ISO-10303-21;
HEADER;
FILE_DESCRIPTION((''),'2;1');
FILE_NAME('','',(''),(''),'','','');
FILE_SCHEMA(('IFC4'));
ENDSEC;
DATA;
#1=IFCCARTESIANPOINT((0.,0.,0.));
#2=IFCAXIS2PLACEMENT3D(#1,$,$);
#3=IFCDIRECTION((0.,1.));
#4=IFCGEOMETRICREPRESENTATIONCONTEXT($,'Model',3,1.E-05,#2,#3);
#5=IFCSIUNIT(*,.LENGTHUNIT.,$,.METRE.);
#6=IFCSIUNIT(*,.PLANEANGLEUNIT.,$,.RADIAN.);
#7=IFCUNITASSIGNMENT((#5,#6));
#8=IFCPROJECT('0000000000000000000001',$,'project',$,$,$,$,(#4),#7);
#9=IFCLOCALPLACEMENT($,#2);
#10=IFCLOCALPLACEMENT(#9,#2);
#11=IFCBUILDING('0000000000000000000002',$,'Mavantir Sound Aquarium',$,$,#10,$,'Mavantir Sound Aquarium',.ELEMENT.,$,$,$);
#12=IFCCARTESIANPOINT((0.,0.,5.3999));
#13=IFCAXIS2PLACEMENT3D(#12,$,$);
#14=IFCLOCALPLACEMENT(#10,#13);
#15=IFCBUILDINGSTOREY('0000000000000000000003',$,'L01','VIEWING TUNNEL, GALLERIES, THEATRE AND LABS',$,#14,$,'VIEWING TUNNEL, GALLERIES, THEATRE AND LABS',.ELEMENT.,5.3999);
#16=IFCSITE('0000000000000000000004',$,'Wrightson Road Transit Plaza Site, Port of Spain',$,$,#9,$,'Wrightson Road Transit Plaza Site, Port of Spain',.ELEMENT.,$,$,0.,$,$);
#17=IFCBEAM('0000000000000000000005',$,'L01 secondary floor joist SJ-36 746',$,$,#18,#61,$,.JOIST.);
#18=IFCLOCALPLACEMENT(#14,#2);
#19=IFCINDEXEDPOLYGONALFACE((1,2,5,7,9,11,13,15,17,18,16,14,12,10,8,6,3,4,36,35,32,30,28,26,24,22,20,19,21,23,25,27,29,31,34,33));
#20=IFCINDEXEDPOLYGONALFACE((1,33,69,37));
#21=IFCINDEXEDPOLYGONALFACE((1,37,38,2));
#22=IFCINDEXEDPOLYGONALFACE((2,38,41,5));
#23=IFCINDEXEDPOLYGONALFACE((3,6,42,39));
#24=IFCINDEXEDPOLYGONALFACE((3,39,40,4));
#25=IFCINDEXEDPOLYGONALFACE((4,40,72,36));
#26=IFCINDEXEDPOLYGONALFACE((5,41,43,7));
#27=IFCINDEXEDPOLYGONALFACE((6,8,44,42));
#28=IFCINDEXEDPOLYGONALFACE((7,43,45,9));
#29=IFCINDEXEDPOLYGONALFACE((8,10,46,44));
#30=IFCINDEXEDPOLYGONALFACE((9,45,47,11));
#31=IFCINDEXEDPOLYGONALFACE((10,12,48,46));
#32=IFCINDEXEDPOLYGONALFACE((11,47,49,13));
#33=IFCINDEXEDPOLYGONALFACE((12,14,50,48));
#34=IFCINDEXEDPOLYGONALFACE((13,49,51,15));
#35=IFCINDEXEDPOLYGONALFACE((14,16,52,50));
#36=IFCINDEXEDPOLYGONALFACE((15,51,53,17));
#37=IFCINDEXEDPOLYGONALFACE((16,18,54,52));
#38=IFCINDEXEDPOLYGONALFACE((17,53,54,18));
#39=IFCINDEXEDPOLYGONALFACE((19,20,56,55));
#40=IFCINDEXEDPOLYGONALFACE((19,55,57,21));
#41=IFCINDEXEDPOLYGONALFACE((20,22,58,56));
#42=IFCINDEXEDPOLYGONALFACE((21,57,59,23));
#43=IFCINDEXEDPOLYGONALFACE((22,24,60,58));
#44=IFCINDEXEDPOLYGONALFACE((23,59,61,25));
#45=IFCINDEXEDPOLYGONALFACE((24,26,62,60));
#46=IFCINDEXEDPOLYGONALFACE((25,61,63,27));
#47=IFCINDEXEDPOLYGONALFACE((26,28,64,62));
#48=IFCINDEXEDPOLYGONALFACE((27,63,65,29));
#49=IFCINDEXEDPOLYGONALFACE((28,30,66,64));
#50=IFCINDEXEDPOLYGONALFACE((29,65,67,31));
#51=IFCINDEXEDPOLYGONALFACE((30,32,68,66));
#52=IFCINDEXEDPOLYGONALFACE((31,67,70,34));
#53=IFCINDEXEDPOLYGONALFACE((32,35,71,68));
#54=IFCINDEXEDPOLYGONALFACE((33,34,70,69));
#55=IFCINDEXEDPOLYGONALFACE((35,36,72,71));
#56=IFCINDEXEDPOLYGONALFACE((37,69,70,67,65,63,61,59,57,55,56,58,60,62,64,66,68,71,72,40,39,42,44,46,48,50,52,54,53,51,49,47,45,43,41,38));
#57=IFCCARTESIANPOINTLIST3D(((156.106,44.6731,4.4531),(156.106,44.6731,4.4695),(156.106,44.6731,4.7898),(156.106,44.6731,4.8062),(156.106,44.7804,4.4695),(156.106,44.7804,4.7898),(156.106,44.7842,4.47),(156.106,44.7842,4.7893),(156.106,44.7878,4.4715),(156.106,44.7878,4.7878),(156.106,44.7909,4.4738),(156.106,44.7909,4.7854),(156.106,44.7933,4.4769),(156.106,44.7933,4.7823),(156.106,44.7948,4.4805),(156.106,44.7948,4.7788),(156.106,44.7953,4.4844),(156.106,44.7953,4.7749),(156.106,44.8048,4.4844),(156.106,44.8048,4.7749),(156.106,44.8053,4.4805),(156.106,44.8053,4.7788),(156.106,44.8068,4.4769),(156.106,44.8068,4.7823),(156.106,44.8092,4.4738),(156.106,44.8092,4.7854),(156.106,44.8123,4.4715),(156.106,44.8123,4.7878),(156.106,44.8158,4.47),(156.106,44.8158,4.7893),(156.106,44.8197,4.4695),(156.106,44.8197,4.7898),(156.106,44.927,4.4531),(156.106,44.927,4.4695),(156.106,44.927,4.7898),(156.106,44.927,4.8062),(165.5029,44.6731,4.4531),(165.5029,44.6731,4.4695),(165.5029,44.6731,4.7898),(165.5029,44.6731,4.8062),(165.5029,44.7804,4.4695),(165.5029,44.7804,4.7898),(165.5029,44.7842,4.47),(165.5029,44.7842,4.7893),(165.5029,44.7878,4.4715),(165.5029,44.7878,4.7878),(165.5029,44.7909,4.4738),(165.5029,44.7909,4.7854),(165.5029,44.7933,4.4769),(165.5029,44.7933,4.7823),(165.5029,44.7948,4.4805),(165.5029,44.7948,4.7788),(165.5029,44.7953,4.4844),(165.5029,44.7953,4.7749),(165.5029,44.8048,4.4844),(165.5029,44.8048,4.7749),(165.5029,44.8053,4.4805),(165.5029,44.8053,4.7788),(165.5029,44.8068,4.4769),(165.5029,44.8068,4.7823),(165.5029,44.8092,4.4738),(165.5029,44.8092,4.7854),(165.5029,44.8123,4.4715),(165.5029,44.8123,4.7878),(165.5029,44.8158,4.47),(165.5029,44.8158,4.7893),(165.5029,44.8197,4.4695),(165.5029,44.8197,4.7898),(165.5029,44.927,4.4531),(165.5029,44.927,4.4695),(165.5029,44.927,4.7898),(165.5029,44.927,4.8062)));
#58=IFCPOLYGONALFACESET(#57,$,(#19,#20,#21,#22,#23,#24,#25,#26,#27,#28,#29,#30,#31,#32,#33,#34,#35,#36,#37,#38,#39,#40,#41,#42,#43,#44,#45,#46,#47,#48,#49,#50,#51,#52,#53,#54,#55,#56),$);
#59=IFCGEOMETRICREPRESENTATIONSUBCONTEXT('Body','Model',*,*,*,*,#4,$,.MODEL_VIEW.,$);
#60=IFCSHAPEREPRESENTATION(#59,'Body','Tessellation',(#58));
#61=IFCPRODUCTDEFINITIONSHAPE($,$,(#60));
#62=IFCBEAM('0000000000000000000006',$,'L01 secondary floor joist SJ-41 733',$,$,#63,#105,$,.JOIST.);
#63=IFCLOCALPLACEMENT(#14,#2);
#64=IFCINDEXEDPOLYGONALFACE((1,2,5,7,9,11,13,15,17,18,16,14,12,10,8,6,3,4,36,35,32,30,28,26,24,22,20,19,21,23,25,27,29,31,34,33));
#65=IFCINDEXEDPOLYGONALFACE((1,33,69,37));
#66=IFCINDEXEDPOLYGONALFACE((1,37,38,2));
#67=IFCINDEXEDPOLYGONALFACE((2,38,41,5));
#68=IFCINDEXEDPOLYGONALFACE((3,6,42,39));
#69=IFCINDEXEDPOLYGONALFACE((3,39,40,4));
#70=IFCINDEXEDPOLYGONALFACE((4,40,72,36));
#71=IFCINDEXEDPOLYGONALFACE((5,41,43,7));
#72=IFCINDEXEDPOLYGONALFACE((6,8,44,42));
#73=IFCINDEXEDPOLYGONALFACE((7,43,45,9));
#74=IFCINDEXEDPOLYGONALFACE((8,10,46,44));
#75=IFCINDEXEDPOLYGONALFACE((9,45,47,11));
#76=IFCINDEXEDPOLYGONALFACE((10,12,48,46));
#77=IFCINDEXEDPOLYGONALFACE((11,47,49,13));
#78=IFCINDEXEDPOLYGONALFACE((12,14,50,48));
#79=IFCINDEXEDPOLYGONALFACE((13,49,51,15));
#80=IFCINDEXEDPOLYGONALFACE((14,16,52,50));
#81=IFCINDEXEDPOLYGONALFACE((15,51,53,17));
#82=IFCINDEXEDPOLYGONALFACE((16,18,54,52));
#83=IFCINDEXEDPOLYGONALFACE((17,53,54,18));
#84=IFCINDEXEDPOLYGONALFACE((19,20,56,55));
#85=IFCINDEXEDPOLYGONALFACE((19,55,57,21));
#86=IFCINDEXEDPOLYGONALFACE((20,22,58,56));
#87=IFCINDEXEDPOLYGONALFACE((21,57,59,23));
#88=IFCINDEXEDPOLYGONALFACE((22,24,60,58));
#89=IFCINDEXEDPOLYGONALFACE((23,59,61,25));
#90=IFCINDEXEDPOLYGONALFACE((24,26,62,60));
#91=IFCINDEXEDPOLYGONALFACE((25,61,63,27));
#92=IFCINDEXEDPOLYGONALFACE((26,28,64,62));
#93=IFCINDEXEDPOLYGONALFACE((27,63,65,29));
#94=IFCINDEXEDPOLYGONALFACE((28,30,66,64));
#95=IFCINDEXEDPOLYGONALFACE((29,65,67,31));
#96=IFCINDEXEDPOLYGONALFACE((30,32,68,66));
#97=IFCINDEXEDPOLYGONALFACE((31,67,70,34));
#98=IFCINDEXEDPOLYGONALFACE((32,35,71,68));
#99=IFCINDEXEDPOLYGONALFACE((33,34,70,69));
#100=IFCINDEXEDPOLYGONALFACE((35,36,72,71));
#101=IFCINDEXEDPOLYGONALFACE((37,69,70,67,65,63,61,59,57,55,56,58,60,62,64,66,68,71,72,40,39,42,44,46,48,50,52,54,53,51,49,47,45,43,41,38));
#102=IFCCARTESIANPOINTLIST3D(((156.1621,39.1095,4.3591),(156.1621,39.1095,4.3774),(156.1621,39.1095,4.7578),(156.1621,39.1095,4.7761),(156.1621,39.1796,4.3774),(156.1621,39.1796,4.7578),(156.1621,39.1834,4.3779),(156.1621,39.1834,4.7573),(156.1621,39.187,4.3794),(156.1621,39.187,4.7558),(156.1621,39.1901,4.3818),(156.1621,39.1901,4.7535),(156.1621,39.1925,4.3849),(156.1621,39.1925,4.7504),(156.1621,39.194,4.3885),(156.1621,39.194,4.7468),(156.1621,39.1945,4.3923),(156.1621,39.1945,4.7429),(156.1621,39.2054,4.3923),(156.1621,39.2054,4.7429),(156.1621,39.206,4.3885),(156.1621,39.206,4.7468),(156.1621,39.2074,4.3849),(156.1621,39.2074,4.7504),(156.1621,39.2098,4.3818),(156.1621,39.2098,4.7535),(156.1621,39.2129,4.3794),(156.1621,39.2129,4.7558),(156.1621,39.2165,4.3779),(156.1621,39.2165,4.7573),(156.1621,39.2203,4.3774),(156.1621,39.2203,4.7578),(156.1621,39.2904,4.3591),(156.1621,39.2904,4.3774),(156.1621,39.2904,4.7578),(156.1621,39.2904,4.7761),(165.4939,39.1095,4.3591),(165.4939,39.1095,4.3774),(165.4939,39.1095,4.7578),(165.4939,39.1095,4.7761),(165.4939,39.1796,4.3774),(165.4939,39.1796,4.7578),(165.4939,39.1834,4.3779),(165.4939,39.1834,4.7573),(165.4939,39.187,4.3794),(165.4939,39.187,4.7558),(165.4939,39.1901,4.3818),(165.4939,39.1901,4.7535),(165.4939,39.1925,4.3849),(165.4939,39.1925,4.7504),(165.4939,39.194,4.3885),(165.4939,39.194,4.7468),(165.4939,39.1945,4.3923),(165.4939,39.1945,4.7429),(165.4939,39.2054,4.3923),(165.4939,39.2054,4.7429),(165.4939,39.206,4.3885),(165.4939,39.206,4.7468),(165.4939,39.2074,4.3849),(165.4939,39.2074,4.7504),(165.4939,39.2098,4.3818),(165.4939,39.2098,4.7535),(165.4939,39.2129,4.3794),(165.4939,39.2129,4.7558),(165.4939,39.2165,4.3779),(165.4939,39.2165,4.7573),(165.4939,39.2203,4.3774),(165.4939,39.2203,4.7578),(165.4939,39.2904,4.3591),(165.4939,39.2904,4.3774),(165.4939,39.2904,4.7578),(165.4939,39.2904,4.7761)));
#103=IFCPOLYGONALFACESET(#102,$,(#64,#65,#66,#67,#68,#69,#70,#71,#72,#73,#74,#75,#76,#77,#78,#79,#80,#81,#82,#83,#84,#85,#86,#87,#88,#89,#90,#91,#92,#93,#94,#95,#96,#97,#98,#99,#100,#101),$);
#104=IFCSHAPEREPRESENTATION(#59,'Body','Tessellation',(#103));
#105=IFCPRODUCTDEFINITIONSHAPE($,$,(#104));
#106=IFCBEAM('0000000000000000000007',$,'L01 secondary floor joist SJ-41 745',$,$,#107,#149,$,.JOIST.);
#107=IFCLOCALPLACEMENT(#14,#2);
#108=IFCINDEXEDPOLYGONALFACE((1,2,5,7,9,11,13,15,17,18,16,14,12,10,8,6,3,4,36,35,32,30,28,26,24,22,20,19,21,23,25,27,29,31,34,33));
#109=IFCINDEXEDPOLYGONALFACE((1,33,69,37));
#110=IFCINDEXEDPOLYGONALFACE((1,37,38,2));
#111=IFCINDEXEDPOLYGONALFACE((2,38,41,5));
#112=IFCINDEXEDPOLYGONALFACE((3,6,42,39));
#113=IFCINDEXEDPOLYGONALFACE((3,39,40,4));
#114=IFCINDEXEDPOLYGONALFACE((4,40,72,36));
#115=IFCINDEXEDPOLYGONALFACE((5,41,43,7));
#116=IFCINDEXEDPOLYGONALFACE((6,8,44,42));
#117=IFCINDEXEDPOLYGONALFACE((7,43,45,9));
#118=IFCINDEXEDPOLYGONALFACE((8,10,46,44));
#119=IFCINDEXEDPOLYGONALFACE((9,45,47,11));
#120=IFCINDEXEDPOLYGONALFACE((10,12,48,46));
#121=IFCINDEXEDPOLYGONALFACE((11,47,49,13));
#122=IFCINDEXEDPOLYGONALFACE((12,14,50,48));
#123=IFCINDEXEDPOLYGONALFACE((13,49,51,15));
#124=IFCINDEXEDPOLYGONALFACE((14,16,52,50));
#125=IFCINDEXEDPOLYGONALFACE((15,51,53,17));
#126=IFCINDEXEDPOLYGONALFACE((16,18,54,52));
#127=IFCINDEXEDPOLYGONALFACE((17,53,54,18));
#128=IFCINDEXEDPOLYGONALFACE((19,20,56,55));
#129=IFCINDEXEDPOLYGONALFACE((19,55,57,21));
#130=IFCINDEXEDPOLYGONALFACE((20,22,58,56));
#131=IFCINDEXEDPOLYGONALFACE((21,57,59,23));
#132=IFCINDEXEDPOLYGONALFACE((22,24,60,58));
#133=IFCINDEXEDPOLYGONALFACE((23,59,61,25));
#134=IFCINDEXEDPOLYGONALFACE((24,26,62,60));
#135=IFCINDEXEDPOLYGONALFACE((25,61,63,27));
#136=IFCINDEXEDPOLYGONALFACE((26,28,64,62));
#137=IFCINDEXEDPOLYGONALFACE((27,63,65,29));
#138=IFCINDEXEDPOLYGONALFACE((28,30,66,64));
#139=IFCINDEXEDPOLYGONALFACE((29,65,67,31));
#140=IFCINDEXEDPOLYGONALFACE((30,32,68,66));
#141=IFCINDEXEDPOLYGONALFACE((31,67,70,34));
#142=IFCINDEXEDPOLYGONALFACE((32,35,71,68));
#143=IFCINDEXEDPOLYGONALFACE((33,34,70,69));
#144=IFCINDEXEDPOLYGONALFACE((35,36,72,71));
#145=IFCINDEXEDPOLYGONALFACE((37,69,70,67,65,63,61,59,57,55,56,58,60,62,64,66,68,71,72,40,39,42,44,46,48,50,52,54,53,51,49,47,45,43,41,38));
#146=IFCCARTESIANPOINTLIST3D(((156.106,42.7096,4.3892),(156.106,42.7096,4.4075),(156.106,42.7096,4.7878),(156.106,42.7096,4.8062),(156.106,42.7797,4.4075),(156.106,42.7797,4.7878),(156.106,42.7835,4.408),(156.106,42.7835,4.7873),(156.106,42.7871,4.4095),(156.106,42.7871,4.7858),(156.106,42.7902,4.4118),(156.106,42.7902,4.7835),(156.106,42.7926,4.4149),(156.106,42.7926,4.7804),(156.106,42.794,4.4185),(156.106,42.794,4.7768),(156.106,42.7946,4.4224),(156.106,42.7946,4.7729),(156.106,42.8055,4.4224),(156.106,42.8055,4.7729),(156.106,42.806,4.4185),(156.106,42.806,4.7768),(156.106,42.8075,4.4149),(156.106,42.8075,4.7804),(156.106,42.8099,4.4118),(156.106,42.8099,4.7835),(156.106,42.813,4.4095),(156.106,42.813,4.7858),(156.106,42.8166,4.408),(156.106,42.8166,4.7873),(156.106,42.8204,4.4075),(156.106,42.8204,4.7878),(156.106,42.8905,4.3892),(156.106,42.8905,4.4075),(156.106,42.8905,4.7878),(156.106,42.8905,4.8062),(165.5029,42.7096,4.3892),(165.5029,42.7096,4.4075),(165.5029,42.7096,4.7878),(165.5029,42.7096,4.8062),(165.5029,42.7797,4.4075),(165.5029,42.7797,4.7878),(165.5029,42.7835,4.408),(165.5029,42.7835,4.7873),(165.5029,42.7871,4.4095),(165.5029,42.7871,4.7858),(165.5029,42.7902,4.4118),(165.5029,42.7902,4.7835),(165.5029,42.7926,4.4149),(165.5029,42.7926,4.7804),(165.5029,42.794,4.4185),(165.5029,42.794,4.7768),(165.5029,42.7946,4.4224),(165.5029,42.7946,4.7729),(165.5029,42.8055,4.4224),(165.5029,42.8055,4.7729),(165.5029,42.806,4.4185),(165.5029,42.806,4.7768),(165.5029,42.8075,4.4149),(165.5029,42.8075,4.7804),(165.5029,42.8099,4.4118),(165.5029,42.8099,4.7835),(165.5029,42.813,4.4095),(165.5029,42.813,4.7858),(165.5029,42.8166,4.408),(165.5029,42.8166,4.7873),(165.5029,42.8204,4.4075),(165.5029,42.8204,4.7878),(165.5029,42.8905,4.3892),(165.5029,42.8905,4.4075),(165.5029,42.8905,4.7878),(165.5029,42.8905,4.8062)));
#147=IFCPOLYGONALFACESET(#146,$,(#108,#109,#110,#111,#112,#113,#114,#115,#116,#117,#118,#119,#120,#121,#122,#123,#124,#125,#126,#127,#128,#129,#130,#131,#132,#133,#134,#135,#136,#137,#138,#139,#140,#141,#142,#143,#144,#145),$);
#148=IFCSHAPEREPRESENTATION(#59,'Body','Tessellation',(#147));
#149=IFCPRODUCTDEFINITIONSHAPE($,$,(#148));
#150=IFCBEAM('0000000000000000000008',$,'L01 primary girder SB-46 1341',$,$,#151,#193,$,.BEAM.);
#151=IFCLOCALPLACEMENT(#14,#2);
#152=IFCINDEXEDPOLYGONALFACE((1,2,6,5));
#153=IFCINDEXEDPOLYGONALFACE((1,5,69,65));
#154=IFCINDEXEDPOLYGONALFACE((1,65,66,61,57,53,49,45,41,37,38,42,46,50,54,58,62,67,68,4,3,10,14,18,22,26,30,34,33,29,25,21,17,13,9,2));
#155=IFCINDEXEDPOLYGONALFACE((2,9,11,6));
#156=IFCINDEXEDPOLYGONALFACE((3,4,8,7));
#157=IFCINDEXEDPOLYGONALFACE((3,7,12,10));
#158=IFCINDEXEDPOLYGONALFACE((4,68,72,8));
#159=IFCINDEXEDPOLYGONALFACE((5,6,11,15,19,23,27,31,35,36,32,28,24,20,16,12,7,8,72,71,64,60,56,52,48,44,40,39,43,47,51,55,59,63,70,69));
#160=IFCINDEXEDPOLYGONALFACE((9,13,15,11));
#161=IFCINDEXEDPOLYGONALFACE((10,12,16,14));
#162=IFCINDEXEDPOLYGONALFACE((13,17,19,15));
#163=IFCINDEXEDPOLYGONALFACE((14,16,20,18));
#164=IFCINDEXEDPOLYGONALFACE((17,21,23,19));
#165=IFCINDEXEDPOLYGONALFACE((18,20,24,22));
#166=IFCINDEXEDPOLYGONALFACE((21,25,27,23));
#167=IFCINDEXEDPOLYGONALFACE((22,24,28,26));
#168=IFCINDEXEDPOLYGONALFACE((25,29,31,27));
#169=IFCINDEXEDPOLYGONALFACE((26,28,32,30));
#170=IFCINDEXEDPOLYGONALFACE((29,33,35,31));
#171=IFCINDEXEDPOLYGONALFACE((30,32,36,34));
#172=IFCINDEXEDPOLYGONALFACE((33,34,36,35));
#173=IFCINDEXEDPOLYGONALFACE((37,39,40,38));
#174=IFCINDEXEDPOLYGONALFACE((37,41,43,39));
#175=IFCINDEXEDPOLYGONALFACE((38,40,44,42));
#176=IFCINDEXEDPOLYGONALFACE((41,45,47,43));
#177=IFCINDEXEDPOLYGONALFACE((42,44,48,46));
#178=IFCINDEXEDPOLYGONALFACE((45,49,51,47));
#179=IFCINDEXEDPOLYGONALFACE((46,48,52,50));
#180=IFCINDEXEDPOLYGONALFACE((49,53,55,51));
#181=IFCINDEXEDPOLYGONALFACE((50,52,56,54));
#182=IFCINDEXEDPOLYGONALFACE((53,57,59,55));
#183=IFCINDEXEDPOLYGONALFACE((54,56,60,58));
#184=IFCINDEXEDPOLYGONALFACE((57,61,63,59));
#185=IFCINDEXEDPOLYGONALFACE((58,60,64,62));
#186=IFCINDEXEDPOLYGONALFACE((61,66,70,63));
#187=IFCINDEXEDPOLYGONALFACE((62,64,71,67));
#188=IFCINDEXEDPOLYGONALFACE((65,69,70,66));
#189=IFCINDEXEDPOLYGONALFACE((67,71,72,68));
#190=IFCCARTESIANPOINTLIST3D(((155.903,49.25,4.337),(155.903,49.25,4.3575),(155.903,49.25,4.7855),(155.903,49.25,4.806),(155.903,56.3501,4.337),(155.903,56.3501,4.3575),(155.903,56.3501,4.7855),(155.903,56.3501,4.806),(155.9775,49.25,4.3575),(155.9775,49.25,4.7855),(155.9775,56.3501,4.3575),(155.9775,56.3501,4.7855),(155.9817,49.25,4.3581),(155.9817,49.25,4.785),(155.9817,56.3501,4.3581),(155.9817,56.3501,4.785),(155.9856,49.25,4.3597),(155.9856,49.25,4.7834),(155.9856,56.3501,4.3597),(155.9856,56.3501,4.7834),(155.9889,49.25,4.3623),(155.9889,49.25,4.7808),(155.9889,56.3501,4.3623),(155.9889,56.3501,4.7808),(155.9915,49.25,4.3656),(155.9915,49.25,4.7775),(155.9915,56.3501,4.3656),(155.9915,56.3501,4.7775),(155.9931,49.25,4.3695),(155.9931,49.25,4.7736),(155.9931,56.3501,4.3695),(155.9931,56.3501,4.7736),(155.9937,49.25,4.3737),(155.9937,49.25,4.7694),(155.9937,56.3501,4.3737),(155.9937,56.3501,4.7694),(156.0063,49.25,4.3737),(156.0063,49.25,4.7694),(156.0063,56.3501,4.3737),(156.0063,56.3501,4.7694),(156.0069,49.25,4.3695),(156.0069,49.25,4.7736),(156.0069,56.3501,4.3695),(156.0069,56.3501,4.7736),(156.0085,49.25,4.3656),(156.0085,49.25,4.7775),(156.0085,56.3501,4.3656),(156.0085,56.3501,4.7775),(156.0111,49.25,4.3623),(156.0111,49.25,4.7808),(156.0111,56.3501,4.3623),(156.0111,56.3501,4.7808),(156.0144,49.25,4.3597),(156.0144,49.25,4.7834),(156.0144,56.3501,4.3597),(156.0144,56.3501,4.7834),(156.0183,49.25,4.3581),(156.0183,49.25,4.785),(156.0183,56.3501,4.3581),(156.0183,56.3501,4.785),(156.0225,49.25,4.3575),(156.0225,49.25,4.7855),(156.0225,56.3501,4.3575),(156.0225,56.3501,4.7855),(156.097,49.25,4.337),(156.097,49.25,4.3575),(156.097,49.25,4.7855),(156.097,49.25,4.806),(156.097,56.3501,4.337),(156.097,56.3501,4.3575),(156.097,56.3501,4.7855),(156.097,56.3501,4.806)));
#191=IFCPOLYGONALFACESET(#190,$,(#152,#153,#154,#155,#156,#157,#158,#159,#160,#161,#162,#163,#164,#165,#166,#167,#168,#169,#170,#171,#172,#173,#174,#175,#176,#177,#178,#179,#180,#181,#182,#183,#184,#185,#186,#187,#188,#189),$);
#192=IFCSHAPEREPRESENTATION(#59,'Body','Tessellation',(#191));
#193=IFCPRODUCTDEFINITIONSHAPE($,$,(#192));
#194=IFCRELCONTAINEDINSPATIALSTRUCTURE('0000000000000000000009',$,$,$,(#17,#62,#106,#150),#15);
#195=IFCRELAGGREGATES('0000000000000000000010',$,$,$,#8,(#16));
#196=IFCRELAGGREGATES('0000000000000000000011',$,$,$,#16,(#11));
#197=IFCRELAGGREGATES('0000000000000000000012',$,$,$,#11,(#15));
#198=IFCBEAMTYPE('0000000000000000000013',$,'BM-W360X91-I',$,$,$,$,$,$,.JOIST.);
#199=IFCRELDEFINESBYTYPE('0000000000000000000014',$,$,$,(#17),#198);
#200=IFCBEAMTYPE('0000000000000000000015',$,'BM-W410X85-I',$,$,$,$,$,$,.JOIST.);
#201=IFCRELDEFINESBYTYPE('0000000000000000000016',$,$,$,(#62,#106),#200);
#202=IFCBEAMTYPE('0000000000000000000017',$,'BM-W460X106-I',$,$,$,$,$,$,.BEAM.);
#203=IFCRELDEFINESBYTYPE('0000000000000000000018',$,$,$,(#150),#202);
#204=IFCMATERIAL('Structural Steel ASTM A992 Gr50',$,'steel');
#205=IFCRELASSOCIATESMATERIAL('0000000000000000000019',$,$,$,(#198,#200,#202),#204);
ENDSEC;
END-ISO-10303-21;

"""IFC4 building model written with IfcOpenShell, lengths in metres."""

from ifc_helpers import new_model, si_unit, direction, frame, origin, origin_2d, place, context, subcontext, project, spatial, i_section, extrude, material, material_profile, profile_set, type_object, element, save


model = new_model("IFC4")

# Units and contexts
model_context = context("Model", 3, precision=1e-05, world=origin(), true_north=direction((0.0, 1.0)))
body_context = subcontext(model_context, "Body", "Model", "MODEL_VIEW")
ifc_project = project(units=[si_unit("LENGTHUNIT", "METRE"), si_unit("PLANEANGLEUNIT", "RADIAN")], contexts=[model_context])

# Site, building, storey
site_placement = place(None, origin())
site = spatial("IfcSite", under=ifc_project, at=site_placement, Name="Wrightson Road Transit Plaza Site, Port of Spain", LongName="Wrightson Road Transit Plaza Site, Port of Spain", CompositionType="ELEMENT", RefElevation=0.0)
building_placement = place(site_placement, origin())
building = spatial("IfcBuilding", under=site, at=building_placement, Name="Mavantir Sound Aquarium", LongName="Mavantir Sound Aquarium", CompositionType="ELEMENT")
storey_placement = place(building_placement, frame((0.0, 0.0, 5.3999)))
storey = spatial("IfcBuildingStorey", under=building, at=storey_placement, Name="L01", Description="VIEWING TUNNEL, GALLERIES, THEATRE AND LABS", LongName="VIEWING TUNNEL, GALLERIES, THEATRE AND LABS", CompositionType="ELEMENT", Elevation=5.3999)

# Beams
ifc_material_1 = material(Name="Structural Steel ASTM A992 Gr50", Category="steel")
ifc_material_profile_1 = material_profile(ifc_material_1, i_section(OverallWidth=0.2539, OverallDepth=0.353, WebThickness=0.0095, FlangeThickness=0.0164, FilletRadius=0.0149, at=origin_2d()), Name="W360X91")
ifc_profile_set_1 = profile_set([ifc_material_profile_1], Name="Structural Steel ASTM A992 Gr50")
beam_type_1 = type_object("IfcBeamType", Name="BM-W360X91-I", PredefinedType="JOIST", material=ifc_profile_set_1)
beam_1_placement = place(storey_placement, frame((156.106, 44.8, 4.6296), z_axis=(1.0, 0.0, 0.0), x_axis=(0.0, 1.0, 0.0)))
element("IfcBeam", 1, at=beam_1_placement, inside=storey, type_object=beam_type_1, Name="L01 secondary floor joist SJ-36 746", PredefinedType="JOIST", context=body_context, shape_type="SweptSolid", body=[
    extrude(i_section(OverallWidth=0.2539, OverallDepth=0.353, WebThickness=0.0095, FlangeThickness=0.0164, FilletRadius=0.0149, at=origin_2d()), origin(), (0.0, 0.0, 1.0), 9.397),
])
ifc_material_profile_2 = material_profile(ifc_material_1, i_section(OverallWidth=0.1809, OverallDepth=0.417, WebThickness=0.011, FlangeThickness=0.0183, FilletRadius=0.0149, at=origin_2d()), Name="W410X85")
ifc_profile_set_2 = profile_set([ifc_material_profile_2], Name="Structural Steel ASTM A992 Gr50")
beam_type_2 = type_object("IfcBeamType", Name="BM-W410X85-I", PredefinedType="JOIST", material=ifc_profile_set_2)
beam_2_placement = place(storey_placement, frame((156.1621, 39.2, 4.5676), z_axis=(1.0, 0.0, 0.0), x_axis=(0.0, 1.0, 0.0)))
element("IfcBeam", 2, at=beam_2_placement, inside=storey, type_object=beam_type_2, Name="L01 secondary floor joist SJ-41 733", PredefinedType="JOIST", context=body_context, shape_type="SweptSolid", body=[
    extrude(i_section(OverallWidth=0.1809, OverallDepth=0.417, WebThickness=0.011, FlangeThickness=0.0183, FilletRadius=0.0149, at=origin_2d()), origin(), (0.0, 0.0, 1.0), 9.3318),
])
beam_3_placement = place(storey_placement, frame((156.106, 42.8, 4.5977), z_axis=(1.0, 0.0, 0.0), x_axis=(0.0, 1.0, 0.0)))
element("IfcBeam", 3, at=beam_3_placement, inside=storey, type_object=beam_type_2, Name="L01 secondary floor joist SJ-41 745", PredefinedType="JOIST", context=body_context, shape_type="SweptSolid", body=[
    extrude(i_section(OverallWidth=0.1809, OverallDepth=0.417, WebThickness=0.011, FlangeThickness=0.0183, FilletRadius=0.0149, at=origin_2d()), origin(), (0.0, 0.0, 1.0), 9.397),
])
ifc_material_profile_3 = material_profile(ifc_material_1, i_section(OverallWidth=0.1941, OverallDepth=0.469, WebThickness=0.0127, FlangeThickness=0.0205, FilletRadius=0.0161, at=origin_2d()), Name="W460X106")
ifc_profile_set_3 = profile_set([ifc_material_profile_3], Name="Structural Steel ASTM A992 Gr50")
beam_type_3 = type_object("IfcBeamType", Name="BM-W460X106-I", PredefinedType="BEAM", material=ifc_profile_set_3)
beam_4_placement = place(storey_placement, frame((156.0, 49.25, 4.5715), z_axis=(0.0, 1.0, 0.0), x_axis=(-1.0, 0.0, 0.0)))
element("IfcBeam", 4, at=beam_4_placement, inside=storey, type_object=beam_type_3, Name="L01 primary girder SB-46 1341", PredefinedType="BEAM", context=body_context, shape_type="SweptSolid", body=[
    extrude(i_section(OverallWidth=0.1941, OverallDepth=0.469, WebThickness=0.0127, FlangeThickness=0.0205, FilletRadius=0.0161, at=origin_2d()), origin(), (0.0, 0.0, 1.0), 7.1001),
])

save(model, "model.ifc")
